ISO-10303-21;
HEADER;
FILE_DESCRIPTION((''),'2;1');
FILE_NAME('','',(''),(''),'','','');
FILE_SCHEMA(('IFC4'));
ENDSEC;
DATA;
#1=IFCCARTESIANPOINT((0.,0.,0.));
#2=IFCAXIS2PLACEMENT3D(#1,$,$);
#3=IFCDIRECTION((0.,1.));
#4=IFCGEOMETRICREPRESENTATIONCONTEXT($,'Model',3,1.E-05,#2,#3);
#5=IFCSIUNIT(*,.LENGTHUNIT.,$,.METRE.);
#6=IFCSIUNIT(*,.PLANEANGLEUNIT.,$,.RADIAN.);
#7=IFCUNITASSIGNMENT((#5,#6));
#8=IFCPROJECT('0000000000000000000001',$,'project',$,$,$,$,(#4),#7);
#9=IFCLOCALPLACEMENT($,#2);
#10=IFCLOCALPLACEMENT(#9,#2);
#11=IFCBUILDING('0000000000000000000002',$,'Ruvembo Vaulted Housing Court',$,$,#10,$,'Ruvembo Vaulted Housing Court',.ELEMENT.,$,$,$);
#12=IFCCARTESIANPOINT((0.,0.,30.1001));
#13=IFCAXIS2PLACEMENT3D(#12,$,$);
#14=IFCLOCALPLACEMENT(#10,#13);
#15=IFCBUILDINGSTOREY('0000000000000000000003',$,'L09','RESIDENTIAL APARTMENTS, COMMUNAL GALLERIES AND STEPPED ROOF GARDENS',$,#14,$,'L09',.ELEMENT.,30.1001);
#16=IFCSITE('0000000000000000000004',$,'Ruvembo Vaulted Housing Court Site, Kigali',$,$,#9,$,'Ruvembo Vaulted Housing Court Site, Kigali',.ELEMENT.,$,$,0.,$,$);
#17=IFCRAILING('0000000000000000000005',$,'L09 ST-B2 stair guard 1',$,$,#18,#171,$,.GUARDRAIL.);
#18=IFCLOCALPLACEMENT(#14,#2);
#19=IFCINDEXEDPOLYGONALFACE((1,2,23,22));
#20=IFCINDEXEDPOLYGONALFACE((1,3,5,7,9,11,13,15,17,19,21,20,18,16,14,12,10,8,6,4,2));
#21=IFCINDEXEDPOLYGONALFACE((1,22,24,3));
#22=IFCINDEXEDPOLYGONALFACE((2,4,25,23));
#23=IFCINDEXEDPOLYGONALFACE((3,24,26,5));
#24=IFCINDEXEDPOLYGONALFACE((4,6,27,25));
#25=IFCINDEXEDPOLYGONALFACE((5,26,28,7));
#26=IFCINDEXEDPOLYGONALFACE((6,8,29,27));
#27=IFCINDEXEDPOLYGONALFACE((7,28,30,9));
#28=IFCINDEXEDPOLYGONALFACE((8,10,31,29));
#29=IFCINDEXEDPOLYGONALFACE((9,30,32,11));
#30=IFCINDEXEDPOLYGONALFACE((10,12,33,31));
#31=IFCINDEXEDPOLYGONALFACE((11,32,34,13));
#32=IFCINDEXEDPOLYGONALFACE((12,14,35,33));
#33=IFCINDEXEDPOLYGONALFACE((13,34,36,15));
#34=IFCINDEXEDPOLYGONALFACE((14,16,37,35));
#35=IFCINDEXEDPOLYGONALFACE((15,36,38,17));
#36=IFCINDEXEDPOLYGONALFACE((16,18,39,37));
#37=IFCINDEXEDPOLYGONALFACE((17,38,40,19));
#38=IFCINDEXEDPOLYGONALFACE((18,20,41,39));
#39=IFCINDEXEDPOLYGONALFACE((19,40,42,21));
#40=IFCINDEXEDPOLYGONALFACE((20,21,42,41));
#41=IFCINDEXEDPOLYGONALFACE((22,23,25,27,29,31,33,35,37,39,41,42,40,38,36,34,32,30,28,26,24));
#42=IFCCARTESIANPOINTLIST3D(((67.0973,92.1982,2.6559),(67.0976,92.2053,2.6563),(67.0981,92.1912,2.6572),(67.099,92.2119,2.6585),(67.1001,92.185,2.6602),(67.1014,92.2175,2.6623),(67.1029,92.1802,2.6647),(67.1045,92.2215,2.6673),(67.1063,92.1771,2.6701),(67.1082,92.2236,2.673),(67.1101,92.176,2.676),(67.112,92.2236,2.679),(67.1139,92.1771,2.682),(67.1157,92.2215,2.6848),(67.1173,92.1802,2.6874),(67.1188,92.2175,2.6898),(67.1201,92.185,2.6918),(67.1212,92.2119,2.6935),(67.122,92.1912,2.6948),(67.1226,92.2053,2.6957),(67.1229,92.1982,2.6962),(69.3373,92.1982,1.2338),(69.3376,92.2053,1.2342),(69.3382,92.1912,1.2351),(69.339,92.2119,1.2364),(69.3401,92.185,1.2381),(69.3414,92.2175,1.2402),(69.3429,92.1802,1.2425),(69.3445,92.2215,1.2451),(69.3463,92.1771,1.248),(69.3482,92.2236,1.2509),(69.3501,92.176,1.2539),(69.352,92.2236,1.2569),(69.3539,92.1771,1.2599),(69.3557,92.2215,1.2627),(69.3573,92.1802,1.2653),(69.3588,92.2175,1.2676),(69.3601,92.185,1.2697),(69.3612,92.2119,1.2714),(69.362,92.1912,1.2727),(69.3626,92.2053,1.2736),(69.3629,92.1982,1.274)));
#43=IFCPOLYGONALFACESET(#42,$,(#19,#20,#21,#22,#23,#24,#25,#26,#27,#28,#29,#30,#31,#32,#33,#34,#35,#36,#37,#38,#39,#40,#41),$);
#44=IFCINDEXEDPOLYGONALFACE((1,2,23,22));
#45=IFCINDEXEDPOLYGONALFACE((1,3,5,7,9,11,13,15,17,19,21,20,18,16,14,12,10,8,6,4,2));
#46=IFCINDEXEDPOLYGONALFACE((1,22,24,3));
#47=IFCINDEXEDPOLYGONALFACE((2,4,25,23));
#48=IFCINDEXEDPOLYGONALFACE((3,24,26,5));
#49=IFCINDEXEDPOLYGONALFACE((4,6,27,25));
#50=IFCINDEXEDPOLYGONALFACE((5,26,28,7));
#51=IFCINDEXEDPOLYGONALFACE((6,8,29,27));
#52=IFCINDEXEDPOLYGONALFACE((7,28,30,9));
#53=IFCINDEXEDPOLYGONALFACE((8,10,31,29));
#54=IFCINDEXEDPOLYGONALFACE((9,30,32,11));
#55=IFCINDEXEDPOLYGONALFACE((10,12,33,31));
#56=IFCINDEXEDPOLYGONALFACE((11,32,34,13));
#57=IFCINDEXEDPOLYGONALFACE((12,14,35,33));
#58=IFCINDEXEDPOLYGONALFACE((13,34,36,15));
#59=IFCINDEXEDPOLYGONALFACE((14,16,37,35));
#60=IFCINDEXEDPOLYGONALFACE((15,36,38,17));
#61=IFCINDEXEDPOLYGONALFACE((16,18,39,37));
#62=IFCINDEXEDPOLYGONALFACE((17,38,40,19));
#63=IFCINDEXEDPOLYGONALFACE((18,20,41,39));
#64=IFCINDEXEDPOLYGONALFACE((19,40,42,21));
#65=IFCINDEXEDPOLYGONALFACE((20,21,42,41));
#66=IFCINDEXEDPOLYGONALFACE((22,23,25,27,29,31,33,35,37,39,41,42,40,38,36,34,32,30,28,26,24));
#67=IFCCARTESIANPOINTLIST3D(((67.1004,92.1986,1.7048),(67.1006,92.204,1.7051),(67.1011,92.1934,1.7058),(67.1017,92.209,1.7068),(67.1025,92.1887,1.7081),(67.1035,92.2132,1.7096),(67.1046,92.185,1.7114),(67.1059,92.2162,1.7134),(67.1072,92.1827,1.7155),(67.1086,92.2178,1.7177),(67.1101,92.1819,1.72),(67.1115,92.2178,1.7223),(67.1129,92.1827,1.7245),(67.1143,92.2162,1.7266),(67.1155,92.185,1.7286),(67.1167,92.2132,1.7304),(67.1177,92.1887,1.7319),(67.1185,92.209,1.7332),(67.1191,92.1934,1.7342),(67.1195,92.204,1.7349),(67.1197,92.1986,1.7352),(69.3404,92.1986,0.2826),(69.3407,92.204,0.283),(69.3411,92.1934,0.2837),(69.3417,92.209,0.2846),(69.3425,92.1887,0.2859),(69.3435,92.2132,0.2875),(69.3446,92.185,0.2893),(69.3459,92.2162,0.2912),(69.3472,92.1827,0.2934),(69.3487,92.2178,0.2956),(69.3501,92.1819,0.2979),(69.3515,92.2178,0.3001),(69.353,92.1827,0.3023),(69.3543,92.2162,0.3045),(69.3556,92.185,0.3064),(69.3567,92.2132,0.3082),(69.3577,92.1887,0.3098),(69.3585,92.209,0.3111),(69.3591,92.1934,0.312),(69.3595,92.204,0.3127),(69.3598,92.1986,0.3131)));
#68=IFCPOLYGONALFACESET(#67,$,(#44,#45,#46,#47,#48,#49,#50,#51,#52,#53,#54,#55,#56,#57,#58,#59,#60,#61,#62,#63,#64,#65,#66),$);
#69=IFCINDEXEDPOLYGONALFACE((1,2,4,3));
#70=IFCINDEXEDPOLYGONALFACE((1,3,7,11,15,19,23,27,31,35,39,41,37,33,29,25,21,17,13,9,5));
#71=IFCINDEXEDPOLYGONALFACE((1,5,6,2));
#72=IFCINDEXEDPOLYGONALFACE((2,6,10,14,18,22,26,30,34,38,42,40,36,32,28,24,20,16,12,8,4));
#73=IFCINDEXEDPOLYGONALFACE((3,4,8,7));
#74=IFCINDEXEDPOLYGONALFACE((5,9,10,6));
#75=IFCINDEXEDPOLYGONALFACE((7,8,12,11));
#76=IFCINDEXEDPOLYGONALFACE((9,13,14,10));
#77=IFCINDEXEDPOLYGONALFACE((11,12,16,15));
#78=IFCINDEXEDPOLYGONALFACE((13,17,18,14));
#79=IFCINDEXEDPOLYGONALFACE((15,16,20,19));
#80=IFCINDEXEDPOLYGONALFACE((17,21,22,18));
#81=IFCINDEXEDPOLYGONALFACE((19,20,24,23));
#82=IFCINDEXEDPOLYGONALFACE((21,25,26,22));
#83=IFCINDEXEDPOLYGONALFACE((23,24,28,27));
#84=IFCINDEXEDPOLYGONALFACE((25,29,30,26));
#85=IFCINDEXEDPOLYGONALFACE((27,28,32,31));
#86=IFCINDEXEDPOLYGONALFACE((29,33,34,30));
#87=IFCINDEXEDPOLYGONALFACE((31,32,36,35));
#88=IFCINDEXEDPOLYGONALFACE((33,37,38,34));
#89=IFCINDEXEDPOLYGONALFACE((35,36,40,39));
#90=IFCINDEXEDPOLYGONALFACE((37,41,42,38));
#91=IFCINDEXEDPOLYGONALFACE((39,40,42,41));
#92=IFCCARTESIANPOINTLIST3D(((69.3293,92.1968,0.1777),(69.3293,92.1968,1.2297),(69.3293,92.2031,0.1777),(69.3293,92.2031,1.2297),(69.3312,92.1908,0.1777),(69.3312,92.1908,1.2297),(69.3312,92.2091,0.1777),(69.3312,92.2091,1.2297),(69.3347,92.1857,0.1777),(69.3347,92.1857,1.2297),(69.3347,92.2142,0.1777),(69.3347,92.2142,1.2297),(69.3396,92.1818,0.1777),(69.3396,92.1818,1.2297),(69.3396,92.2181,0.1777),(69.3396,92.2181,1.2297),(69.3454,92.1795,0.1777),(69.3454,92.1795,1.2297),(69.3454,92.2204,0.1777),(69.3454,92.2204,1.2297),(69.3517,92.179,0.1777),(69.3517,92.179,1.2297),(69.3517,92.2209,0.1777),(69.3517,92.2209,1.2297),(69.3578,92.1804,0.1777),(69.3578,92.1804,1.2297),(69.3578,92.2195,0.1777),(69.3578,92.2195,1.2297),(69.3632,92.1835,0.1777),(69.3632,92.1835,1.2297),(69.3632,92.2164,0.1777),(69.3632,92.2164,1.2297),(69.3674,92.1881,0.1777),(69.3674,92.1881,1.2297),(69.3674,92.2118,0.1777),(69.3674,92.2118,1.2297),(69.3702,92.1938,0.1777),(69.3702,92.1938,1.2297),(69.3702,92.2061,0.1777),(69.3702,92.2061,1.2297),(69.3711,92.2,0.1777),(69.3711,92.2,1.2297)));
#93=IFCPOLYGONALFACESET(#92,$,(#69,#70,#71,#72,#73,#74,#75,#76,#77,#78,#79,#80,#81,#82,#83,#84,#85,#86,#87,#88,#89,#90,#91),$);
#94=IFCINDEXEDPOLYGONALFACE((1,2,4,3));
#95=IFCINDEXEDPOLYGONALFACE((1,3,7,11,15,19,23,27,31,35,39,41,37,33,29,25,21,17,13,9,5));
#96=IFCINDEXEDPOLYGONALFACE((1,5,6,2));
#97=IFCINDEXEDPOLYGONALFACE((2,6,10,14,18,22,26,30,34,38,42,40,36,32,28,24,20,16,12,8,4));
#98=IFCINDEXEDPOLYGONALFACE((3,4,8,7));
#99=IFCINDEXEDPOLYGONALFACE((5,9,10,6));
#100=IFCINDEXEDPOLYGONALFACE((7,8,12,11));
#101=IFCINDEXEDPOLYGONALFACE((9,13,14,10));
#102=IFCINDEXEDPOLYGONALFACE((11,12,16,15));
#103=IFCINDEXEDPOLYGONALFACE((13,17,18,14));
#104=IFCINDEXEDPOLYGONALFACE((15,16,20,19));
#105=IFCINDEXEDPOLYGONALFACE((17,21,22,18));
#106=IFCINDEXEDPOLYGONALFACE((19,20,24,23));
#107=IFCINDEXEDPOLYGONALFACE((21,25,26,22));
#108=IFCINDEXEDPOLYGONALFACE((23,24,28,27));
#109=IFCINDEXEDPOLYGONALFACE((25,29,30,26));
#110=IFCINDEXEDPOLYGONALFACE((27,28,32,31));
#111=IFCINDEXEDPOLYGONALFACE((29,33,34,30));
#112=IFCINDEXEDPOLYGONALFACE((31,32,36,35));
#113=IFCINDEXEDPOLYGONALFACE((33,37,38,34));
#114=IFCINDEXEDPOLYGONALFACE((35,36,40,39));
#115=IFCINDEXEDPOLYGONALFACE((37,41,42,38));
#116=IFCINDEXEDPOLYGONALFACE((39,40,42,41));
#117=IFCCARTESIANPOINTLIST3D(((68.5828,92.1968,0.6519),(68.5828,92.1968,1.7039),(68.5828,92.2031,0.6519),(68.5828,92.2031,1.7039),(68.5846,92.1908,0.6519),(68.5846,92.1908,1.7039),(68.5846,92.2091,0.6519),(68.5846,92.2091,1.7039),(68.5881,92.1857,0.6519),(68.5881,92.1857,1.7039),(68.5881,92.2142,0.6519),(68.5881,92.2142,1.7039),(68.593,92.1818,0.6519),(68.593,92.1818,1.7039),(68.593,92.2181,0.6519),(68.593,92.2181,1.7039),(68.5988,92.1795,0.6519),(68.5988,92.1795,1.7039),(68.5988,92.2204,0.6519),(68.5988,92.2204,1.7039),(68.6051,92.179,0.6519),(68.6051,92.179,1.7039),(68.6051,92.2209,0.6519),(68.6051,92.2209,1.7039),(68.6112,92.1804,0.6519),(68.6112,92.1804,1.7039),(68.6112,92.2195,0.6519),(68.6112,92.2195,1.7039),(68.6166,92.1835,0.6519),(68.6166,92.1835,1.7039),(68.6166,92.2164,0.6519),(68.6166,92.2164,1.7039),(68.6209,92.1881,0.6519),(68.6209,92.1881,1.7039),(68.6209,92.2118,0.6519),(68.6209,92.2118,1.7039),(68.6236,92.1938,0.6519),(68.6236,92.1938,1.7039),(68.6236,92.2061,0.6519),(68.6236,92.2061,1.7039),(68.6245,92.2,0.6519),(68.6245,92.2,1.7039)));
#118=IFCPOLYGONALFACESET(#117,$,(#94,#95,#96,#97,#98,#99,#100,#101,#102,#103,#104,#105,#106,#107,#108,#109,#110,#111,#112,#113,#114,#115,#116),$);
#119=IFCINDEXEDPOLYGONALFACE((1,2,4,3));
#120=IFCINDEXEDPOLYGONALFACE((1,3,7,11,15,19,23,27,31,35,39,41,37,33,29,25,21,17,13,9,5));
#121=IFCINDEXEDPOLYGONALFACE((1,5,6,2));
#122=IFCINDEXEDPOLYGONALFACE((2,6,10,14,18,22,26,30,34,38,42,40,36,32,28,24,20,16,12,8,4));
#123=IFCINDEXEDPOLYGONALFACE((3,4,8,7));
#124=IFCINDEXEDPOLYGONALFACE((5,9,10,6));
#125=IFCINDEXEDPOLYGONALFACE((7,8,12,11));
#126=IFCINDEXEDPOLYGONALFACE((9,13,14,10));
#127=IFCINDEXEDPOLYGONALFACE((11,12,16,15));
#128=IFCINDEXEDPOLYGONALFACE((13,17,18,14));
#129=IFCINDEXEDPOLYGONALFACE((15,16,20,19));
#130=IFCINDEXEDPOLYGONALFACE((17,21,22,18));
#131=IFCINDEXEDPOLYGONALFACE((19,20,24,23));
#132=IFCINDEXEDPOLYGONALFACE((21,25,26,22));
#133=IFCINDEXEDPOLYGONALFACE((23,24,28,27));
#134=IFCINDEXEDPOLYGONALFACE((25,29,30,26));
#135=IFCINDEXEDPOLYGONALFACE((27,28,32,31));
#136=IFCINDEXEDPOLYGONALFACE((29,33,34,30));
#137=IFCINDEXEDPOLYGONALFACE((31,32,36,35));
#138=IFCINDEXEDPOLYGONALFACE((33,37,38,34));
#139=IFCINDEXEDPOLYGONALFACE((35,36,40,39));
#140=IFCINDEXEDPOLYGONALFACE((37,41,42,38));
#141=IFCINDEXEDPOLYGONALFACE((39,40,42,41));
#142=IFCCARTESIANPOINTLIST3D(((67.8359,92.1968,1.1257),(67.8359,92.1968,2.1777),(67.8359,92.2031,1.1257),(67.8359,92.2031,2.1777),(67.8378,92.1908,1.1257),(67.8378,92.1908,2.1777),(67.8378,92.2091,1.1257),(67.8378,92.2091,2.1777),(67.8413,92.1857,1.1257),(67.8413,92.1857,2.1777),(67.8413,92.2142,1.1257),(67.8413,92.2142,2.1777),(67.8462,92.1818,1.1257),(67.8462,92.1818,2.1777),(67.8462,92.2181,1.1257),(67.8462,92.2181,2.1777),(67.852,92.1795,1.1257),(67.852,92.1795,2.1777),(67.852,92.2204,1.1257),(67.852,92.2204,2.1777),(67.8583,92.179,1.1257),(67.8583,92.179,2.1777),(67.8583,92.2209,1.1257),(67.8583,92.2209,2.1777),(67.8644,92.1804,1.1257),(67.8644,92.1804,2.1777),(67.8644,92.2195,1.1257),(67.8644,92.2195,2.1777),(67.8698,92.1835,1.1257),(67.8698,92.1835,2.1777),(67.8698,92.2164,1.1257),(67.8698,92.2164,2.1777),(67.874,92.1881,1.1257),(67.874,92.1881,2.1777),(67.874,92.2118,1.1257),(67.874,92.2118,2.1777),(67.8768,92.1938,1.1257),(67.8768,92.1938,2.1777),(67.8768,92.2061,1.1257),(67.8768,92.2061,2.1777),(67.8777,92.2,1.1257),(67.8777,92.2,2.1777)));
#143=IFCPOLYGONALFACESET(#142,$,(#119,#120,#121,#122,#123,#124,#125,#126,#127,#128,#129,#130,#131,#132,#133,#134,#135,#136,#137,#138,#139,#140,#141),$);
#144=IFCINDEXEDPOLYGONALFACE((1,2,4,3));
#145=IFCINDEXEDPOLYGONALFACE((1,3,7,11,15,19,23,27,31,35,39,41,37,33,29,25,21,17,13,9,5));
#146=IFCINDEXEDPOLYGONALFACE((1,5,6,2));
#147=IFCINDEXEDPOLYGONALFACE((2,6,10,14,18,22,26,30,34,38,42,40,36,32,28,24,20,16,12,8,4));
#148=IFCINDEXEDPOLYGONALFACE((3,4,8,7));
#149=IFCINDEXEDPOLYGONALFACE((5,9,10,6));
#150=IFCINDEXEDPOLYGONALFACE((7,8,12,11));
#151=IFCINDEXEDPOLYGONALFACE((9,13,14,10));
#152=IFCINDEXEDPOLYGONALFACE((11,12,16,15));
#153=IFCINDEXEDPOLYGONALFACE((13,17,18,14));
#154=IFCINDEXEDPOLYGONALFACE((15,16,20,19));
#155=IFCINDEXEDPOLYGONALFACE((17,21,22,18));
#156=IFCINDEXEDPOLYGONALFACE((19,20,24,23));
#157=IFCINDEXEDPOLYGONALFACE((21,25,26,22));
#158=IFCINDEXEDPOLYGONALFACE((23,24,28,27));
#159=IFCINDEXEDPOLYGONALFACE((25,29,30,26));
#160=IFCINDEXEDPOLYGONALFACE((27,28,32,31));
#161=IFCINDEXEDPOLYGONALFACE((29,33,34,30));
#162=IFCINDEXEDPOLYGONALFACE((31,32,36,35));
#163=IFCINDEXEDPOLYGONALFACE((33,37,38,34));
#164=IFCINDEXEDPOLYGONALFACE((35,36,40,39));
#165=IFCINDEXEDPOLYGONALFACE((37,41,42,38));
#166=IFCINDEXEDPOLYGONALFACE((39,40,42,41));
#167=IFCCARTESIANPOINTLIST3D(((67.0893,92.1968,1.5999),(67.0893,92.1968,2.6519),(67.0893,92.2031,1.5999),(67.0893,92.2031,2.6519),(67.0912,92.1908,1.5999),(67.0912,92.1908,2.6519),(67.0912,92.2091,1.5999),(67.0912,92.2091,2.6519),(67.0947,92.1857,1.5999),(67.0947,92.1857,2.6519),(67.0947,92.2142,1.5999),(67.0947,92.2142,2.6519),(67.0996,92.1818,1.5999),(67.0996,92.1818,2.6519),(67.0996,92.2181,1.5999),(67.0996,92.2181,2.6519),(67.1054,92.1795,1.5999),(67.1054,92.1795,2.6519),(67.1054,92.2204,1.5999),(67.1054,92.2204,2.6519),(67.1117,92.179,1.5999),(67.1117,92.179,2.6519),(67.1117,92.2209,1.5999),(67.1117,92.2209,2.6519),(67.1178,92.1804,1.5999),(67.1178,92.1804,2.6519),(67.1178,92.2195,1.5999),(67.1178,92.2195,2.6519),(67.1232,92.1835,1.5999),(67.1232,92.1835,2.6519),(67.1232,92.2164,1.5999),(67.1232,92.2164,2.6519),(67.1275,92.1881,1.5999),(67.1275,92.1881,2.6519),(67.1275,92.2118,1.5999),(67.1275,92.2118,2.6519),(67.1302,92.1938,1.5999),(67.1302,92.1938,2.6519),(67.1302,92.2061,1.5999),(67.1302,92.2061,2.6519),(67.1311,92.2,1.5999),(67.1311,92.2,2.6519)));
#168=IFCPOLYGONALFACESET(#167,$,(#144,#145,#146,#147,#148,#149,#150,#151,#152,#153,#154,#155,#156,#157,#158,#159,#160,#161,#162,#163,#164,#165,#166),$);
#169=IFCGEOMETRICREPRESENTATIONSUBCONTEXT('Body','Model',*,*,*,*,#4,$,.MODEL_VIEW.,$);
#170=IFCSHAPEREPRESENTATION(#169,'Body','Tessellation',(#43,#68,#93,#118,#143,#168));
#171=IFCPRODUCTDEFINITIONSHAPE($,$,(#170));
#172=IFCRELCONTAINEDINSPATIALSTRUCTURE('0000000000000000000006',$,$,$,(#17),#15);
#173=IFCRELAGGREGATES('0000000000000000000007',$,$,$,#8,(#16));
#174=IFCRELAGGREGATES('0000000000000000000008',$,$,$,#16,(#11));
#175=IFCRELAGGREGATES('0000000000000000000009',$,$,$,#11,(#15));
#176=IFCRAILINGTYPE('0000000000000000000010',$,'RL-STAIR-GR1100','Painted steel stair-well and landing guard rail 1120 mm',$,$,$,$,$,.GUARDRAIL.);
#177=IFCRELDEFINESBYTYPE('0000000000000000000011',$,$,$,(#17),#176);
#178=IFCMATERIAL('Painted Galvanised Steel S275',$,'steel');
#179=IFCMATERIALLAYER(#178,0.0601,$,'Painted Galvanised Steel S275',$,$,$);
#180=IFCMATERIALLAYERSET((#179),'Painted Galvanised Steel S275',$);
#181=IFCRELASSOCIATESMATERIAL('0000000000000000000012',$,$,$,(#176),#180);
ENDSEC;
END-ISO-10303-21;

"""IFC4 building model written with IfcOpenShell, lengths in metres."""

from ifc_helpers import new_model, si_unit, direction, frame, origin, origin_2d, place, context, subcontext, project, spatial, circle, extrude, material, layer, layer_set, type_object, element, save


model = new_model("IFC4")

# Units and contexts
model_context = context("Model", 3, precision=1e-05, world=origin(), true_north=direction((0.0, 1.0)))
body_context = subcontext(model_context, "Body", "Model", "MODEL_VIEW")
ifc_project = project(units=[si_unit("LENGTHUNIT", "METRE"), si_unit("PLANEANGLEUNIT", "RADIAN")], contexts=[model_context])

# Site, building, storey
site_placement = place(None, origin())
site = spatial("IfcSite", under=ifc_project, at=site_placement, Name="Ruvembo Vaulted Housing Court Site, Kigali", LongName="Ruvembo Vaulted Housing Court Site, Kigali", CompositionType="ELEMENT", RefElevation=0.0)
building_placement = place(site_placement, origin())
building = spatial("IfcBuilding", under=site, at=building_placement, Name="Ruvembo Vaulted Housing Court", LongName="Ruvembo Vaulted Housing Court", CompositionType="ELEMENT")
storey_placement = place(building_placement, frame((0.0, 0.0, 30.1001)))
storey = spatial("IfcBuildingStorey", under=building, at=storey_placement, Name="L09", Description="RESIDENTIAL APARTMENTS, COMMUNAL GALLERIES AND STEPPED ROOF GARDENS", LongName="L09", CompositionType="ELEMENT", Elevation=30.1001)

# Railing
ifc_material_1 = material(Name="Painted Galvanised Steel S275", Category="steel")
ifc_layer_1 = layer(ifc_material_1, 0.0601, Name="Painted Galvanised Steel S275")
ifc_layer_set_1 = layer_set([ifc_layer_1], Name="Painted Galvanised Steel S275")
railing_type_1 = type_object("IfcRailingType", Name="RL-STAIR-GR1100", Description="Painted steel stair-well and landing guard rail 1120 mm", PredefinedType="GUARDRAIL", material=ifc_layer_set_1)
railing_1_placement = place(storey_placement, frame((69.3501, 92.2, 0.1777)))
element("IfcRailing", 1, at=railing_1_placement, inside=storey, type_object=railing_type_1, Name="L09 ST-B2 stair guard 1", PredefinedType="GUARDRAIL", context=body_context, shape_type="SweptSolid", body=[
    extrude(circle(Radius=0.0239, at=origin_2d()), frame((0.0, 0.0, 1.0762), z_axis=(-0.844229, 0.0, 0.535982), x_axis=(0.0, -1.0, 0.0)), (0.0, 0.0, 1.0), 2.6533),
    extrude(circle(Radius=0.0181, at=origin_2d()), frame((0.0, 0.0, 0.1201), z_axis=(-0.844229, 0.0, 0.535982), x_axis=(0.0, -1.0, 0.0)), (0.0, 0.0, 1.0), 2.6533),
    extrude(circle(Radius=0.021, at=origin_2d()), origin(), (0.0, 0.0, 1.0), 1.052),
    extrude(circle(Radius=0.021, at=origin_2d()), frame((-0.7466, 0.0, 0.4741)), (0.0, 0.0, 1.0), 1.052),
    extrude(circle(Radius=0.021, at=origin_2d()), frame((-1.4934, 0.0, 0.948)), (0.0, 0.0, 1.0), 1.052),
    extrude(circle(Radius=0.021, at=origin_2d()), frame((-2.24, 0.0, 1.4221)), (0.0, 0.0, 1.0), 1.052),
])

save(model, "model.ifc")
